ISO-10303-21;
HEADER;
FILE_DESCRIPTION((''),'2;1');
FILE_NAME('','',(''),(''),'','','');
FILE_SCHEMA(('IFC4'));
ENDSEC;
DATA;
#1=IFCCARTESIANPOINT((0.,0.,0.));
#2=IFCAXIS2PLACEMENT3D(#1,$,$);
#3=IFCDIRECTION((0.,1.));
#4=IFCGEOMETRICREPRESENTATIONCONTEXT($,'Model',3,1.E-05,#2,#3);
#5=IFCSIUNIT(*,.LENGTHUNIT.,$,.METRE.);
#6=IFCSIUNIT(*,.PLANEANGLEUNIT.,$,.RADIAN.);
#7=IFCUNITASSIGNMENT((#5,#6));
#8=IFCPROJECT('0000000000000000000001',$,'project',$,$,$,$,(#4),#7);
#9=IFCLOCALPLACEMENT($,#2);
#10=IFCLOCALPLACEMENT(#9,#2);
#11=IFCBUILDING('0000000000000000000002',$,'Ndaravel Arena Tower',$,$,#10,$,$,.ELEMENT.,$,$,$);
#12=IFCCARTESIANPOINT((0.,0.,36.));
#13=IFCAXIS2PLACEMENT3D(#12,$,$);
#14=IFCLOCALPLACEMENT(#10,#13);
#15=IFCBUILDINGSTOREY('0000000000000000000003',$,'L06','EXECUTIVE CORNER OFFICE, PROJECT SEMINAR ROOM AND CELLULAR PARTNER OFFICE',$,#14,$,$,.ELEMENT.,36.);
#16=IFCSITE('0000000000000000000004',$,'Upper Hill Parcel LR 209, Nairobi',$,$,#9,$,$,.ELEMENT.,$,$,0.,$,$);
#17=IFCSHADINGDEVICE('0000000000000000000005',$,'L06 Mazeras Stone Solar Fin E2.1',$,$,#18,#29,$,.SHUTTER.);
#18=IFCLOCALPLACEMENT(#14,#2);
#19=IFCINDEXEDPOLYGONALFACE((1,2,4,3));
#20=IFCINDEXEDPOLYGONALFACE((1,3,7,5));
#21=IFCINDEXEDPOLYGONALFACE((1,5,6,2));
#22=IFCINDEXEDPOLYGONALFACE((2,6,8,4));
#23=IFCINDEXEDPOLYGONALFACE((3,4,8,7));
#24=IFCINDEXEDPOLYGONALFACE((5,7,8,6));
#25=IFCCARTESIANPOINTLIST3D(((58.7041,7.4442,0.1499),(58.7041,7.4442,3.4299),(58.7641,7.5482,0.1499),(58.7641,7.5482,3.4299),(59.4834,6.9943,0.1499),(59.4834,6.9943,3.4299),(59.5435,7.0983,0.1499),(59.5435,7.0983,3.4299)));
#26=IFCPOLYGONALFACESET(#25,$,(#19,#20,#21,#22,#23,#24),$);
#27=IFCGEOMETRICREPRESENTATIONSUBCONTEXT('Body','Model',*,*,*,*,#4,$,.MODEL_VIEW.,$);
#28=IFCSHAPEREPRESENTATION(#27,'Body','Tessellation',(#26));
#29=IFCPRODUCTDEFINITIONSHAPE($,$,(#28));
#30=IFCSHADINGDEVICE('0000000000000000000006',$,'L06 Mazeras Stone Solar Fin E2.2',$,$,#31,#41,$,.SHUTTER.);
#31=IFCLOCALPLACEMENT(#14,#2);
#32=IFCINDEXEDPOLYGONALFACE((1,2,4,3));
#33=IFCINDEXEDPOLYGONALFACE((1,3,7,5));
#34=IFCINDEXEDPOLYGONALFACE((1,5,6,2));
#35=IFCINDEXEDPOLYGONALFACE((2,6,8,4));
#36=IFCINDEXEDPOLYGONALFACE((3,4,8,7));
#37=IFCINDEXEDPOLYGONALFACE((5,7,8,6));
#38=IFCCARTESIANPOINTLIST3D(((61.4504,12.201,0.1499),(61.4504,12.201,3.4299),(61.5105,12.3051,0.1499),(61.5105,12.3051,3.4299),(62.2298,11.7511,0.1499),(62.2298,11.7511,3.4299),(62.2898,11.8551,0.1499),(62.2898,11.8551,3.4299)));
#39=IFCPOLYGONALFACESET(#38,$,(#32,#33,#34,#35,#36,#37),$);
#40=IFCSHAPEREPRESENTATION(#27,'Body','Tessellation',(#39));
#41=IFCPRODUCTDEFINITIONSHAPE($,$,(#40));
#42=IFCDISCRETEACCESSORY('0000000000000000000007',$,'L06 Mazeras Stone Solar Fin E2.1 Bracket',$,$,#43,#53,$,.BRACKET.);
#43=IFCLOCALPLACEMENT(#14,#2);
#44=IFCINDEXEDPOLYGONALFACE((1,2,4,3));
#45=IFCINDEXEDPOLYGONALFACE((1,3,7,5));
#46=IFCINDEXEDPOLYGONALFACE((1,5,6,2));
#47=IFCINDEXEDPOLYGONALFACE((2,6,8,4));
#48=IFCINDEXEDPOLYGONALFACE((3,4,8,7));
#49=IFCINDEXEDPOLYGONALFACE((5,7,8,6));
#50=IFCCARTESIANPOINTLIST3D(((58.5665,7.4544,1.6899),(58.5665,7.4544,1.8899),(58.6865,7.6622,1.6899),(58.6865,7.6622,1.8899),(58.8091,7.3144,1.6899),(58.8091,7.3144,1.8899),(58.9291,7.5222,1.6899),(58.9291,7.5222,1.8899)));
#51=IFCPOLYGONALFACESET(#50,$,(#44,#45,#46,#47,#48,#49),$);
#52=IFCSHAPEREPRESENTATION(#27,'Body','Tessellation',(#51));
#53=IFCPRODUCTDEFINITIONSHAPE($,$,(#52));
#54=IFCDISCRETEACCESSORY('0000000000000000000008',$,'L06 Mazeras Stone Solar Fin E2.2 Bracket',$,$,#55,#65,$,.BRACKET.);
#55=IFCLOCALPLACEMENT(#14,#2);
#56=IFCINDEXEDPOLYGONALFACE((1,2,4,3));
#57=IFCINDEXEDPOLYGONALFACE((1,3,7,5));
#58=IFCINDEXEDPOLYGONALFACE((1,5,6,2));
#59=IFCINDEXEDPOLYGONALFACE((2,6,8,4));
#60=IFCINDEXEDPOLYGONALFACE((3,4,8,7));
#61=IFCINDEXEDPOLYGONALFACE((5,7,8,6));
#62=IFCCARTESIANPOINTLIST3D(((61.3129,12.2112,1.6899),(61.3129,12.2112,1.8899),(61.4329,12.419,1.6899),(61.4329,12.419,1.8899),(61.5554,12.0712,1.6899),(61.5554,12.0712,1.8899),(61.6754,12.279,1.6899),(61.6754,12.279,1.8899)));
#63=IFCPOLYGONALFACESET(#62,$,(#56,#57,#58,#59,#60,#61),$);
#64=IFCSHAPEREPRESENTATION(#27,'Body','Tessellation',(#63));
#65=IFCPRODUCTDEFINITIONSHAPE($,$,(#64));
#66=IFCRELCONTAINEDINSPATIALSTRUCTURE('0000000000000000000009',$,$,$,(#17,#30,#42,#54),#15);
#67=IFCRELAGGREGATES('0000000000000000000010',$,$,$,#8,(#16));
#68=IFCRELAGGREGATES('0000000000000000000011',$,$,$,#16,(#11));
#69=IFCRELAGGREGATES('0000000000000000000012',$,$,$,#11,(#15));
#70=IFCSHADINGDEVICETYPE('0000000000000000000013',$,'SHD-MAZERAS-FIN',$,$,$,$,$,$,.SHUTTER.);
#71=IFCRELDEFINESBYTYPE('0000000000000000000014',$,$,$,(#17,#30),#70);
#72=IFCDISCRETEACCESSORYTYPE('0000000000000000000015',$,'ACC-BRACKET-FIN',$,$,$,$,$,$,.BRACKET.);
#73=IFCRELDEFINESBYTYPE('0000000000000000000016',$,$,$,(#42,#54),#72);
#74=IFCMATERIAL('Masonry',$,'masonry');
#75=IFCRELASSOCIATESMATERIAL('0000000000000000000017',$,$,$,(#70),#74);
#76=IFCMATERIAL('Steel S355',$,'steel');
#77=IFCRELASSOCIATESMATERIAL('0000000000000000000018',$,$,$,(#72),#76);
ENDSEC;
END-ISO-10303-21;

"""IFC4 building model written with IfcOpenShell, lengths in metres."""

from ifc_helpers import new_model, si_unit, direction, frame, origin, origin_2d, place, context, subcontext, project, spatial, rectangle, extrude, material, type_object, element, save


model = new_model("IFC4")

# Units and contexts
model_context = context("Model", 3, precision=1e-05, world=origin(), true_north=direction((0.0, 1.0)))
body_context = subcontext(model_context, "Body", "Model", "MODEL_VIEW")
ifc_project = project(units=[si_unit("LENGTHUNIT", "METRE"), si_unit("PLANEANGLEUNIT", "RADIAN")], contexts=[model_context])

# Site, building, storey
site_placement = place(None, origin())
site = spatial("IfcSite", under=ifc_project, at=site_placement, Name="Upper Hill Parcel LR 209, Nairobi", CompositionType="ELEMENT", RefElevation=0.0)
building_placement = place(site_placement, origin())
building = spatial("IfcBuilding", under=site, at=building_placement, Name="Ndaravel Arena Tower", CompositionType="ELEMENT")
storey_placement = place(building_placement, frame((0.0, 0.0, 36.0)))
storey = spatial("IfcBuildingStorey", under=building, at=storey_placement, Name="L06", Description="EXECUTIVE CORNER OFFICE, PROJECT SEMINAR ROOM AND CELLULAR PARTNER OFFICE", CompositionType="ELEMENT", Elevation=36.0)

# Shading devices
ifc_material_1 = material(Name="Masonry", Category="masonry")
shading_device_type = type_object("IfcShadingDeviceType", Name="SHD-MAZERAS-FIN", PredefinedType="SHUTTER", material=ifc_material_1)
for number, where, z_axis, x_axis, name in (
    (1, (59.1238, 7.2712, 0.1499), (0.0, 0.0, 1.0), (0.866025, -0.5, 0.0), "L06 Mazeras Stone Solar Fin E2.1"),
    (2, (61.8701, 12.0281, 0.1499), (0.0, 0.0, 1.0), (0.866025, -0.5, 0.0), "L06 Mazeras Stone Solar Fin E2.2"),
):
    element("IfcShadingDevice", number, at=place(storey_placement, frame(where, z_axis=z_axis, x_axis=x_axis)), inside=storey, type_object=shading_device_type, Name=name, PredefinedType="SHUTTER", context=body_context, shape_type="SweptSolid", body=[
        extrude(rectangle(XDim=0.8999, YDim=0.1201, at=origin_2d()), origin(), (0.0, 0.0, 1.0), 3.28),
    ])

# Discrete accessories
ifc_material_2 = material(Name="Steel S355", Category="steel")
discrete_accessory_type = type_object("IfcDiscreteAccessoryType", Name="ACC-BRACKET-FIN", PredefinedType="BRACKET", material=ifc_material_2)
for number, where, z_axis, x_axis, name in (
    (3, (58.7478, 7.4883, 1.6899), (0.0, 0.0, 1.0), (0.866025, -0.5, 0.0), "L06 Mazeras Stone Solar Fin E2.1 Bracket"),
    (4, (61.4941, 12.2451, 1.6899), (0.0, 0.0, 1.0), (0.866025, -0.5, 0.0), "L06 Mazeras Stone Solar Fin E2.2 Bracket"),
):
    element("IfcDiscreteAccessory", number, at=place(storey_placement, frame(where, z_axis=z_axis, x_axis=x_axis)), inside=storey, type_object=discrete_accessory_type, Name=name, PredefinedType="BRACKET", context=body_context, shape_type="SweptSolid", body=[
        extrude(rectangle(XDim=0.28, YDim=0.24, at=origin_2d()), origin(), (0.0, 0.0, 1.0), 0.2),
    ])

save(model, "model.ifc")
